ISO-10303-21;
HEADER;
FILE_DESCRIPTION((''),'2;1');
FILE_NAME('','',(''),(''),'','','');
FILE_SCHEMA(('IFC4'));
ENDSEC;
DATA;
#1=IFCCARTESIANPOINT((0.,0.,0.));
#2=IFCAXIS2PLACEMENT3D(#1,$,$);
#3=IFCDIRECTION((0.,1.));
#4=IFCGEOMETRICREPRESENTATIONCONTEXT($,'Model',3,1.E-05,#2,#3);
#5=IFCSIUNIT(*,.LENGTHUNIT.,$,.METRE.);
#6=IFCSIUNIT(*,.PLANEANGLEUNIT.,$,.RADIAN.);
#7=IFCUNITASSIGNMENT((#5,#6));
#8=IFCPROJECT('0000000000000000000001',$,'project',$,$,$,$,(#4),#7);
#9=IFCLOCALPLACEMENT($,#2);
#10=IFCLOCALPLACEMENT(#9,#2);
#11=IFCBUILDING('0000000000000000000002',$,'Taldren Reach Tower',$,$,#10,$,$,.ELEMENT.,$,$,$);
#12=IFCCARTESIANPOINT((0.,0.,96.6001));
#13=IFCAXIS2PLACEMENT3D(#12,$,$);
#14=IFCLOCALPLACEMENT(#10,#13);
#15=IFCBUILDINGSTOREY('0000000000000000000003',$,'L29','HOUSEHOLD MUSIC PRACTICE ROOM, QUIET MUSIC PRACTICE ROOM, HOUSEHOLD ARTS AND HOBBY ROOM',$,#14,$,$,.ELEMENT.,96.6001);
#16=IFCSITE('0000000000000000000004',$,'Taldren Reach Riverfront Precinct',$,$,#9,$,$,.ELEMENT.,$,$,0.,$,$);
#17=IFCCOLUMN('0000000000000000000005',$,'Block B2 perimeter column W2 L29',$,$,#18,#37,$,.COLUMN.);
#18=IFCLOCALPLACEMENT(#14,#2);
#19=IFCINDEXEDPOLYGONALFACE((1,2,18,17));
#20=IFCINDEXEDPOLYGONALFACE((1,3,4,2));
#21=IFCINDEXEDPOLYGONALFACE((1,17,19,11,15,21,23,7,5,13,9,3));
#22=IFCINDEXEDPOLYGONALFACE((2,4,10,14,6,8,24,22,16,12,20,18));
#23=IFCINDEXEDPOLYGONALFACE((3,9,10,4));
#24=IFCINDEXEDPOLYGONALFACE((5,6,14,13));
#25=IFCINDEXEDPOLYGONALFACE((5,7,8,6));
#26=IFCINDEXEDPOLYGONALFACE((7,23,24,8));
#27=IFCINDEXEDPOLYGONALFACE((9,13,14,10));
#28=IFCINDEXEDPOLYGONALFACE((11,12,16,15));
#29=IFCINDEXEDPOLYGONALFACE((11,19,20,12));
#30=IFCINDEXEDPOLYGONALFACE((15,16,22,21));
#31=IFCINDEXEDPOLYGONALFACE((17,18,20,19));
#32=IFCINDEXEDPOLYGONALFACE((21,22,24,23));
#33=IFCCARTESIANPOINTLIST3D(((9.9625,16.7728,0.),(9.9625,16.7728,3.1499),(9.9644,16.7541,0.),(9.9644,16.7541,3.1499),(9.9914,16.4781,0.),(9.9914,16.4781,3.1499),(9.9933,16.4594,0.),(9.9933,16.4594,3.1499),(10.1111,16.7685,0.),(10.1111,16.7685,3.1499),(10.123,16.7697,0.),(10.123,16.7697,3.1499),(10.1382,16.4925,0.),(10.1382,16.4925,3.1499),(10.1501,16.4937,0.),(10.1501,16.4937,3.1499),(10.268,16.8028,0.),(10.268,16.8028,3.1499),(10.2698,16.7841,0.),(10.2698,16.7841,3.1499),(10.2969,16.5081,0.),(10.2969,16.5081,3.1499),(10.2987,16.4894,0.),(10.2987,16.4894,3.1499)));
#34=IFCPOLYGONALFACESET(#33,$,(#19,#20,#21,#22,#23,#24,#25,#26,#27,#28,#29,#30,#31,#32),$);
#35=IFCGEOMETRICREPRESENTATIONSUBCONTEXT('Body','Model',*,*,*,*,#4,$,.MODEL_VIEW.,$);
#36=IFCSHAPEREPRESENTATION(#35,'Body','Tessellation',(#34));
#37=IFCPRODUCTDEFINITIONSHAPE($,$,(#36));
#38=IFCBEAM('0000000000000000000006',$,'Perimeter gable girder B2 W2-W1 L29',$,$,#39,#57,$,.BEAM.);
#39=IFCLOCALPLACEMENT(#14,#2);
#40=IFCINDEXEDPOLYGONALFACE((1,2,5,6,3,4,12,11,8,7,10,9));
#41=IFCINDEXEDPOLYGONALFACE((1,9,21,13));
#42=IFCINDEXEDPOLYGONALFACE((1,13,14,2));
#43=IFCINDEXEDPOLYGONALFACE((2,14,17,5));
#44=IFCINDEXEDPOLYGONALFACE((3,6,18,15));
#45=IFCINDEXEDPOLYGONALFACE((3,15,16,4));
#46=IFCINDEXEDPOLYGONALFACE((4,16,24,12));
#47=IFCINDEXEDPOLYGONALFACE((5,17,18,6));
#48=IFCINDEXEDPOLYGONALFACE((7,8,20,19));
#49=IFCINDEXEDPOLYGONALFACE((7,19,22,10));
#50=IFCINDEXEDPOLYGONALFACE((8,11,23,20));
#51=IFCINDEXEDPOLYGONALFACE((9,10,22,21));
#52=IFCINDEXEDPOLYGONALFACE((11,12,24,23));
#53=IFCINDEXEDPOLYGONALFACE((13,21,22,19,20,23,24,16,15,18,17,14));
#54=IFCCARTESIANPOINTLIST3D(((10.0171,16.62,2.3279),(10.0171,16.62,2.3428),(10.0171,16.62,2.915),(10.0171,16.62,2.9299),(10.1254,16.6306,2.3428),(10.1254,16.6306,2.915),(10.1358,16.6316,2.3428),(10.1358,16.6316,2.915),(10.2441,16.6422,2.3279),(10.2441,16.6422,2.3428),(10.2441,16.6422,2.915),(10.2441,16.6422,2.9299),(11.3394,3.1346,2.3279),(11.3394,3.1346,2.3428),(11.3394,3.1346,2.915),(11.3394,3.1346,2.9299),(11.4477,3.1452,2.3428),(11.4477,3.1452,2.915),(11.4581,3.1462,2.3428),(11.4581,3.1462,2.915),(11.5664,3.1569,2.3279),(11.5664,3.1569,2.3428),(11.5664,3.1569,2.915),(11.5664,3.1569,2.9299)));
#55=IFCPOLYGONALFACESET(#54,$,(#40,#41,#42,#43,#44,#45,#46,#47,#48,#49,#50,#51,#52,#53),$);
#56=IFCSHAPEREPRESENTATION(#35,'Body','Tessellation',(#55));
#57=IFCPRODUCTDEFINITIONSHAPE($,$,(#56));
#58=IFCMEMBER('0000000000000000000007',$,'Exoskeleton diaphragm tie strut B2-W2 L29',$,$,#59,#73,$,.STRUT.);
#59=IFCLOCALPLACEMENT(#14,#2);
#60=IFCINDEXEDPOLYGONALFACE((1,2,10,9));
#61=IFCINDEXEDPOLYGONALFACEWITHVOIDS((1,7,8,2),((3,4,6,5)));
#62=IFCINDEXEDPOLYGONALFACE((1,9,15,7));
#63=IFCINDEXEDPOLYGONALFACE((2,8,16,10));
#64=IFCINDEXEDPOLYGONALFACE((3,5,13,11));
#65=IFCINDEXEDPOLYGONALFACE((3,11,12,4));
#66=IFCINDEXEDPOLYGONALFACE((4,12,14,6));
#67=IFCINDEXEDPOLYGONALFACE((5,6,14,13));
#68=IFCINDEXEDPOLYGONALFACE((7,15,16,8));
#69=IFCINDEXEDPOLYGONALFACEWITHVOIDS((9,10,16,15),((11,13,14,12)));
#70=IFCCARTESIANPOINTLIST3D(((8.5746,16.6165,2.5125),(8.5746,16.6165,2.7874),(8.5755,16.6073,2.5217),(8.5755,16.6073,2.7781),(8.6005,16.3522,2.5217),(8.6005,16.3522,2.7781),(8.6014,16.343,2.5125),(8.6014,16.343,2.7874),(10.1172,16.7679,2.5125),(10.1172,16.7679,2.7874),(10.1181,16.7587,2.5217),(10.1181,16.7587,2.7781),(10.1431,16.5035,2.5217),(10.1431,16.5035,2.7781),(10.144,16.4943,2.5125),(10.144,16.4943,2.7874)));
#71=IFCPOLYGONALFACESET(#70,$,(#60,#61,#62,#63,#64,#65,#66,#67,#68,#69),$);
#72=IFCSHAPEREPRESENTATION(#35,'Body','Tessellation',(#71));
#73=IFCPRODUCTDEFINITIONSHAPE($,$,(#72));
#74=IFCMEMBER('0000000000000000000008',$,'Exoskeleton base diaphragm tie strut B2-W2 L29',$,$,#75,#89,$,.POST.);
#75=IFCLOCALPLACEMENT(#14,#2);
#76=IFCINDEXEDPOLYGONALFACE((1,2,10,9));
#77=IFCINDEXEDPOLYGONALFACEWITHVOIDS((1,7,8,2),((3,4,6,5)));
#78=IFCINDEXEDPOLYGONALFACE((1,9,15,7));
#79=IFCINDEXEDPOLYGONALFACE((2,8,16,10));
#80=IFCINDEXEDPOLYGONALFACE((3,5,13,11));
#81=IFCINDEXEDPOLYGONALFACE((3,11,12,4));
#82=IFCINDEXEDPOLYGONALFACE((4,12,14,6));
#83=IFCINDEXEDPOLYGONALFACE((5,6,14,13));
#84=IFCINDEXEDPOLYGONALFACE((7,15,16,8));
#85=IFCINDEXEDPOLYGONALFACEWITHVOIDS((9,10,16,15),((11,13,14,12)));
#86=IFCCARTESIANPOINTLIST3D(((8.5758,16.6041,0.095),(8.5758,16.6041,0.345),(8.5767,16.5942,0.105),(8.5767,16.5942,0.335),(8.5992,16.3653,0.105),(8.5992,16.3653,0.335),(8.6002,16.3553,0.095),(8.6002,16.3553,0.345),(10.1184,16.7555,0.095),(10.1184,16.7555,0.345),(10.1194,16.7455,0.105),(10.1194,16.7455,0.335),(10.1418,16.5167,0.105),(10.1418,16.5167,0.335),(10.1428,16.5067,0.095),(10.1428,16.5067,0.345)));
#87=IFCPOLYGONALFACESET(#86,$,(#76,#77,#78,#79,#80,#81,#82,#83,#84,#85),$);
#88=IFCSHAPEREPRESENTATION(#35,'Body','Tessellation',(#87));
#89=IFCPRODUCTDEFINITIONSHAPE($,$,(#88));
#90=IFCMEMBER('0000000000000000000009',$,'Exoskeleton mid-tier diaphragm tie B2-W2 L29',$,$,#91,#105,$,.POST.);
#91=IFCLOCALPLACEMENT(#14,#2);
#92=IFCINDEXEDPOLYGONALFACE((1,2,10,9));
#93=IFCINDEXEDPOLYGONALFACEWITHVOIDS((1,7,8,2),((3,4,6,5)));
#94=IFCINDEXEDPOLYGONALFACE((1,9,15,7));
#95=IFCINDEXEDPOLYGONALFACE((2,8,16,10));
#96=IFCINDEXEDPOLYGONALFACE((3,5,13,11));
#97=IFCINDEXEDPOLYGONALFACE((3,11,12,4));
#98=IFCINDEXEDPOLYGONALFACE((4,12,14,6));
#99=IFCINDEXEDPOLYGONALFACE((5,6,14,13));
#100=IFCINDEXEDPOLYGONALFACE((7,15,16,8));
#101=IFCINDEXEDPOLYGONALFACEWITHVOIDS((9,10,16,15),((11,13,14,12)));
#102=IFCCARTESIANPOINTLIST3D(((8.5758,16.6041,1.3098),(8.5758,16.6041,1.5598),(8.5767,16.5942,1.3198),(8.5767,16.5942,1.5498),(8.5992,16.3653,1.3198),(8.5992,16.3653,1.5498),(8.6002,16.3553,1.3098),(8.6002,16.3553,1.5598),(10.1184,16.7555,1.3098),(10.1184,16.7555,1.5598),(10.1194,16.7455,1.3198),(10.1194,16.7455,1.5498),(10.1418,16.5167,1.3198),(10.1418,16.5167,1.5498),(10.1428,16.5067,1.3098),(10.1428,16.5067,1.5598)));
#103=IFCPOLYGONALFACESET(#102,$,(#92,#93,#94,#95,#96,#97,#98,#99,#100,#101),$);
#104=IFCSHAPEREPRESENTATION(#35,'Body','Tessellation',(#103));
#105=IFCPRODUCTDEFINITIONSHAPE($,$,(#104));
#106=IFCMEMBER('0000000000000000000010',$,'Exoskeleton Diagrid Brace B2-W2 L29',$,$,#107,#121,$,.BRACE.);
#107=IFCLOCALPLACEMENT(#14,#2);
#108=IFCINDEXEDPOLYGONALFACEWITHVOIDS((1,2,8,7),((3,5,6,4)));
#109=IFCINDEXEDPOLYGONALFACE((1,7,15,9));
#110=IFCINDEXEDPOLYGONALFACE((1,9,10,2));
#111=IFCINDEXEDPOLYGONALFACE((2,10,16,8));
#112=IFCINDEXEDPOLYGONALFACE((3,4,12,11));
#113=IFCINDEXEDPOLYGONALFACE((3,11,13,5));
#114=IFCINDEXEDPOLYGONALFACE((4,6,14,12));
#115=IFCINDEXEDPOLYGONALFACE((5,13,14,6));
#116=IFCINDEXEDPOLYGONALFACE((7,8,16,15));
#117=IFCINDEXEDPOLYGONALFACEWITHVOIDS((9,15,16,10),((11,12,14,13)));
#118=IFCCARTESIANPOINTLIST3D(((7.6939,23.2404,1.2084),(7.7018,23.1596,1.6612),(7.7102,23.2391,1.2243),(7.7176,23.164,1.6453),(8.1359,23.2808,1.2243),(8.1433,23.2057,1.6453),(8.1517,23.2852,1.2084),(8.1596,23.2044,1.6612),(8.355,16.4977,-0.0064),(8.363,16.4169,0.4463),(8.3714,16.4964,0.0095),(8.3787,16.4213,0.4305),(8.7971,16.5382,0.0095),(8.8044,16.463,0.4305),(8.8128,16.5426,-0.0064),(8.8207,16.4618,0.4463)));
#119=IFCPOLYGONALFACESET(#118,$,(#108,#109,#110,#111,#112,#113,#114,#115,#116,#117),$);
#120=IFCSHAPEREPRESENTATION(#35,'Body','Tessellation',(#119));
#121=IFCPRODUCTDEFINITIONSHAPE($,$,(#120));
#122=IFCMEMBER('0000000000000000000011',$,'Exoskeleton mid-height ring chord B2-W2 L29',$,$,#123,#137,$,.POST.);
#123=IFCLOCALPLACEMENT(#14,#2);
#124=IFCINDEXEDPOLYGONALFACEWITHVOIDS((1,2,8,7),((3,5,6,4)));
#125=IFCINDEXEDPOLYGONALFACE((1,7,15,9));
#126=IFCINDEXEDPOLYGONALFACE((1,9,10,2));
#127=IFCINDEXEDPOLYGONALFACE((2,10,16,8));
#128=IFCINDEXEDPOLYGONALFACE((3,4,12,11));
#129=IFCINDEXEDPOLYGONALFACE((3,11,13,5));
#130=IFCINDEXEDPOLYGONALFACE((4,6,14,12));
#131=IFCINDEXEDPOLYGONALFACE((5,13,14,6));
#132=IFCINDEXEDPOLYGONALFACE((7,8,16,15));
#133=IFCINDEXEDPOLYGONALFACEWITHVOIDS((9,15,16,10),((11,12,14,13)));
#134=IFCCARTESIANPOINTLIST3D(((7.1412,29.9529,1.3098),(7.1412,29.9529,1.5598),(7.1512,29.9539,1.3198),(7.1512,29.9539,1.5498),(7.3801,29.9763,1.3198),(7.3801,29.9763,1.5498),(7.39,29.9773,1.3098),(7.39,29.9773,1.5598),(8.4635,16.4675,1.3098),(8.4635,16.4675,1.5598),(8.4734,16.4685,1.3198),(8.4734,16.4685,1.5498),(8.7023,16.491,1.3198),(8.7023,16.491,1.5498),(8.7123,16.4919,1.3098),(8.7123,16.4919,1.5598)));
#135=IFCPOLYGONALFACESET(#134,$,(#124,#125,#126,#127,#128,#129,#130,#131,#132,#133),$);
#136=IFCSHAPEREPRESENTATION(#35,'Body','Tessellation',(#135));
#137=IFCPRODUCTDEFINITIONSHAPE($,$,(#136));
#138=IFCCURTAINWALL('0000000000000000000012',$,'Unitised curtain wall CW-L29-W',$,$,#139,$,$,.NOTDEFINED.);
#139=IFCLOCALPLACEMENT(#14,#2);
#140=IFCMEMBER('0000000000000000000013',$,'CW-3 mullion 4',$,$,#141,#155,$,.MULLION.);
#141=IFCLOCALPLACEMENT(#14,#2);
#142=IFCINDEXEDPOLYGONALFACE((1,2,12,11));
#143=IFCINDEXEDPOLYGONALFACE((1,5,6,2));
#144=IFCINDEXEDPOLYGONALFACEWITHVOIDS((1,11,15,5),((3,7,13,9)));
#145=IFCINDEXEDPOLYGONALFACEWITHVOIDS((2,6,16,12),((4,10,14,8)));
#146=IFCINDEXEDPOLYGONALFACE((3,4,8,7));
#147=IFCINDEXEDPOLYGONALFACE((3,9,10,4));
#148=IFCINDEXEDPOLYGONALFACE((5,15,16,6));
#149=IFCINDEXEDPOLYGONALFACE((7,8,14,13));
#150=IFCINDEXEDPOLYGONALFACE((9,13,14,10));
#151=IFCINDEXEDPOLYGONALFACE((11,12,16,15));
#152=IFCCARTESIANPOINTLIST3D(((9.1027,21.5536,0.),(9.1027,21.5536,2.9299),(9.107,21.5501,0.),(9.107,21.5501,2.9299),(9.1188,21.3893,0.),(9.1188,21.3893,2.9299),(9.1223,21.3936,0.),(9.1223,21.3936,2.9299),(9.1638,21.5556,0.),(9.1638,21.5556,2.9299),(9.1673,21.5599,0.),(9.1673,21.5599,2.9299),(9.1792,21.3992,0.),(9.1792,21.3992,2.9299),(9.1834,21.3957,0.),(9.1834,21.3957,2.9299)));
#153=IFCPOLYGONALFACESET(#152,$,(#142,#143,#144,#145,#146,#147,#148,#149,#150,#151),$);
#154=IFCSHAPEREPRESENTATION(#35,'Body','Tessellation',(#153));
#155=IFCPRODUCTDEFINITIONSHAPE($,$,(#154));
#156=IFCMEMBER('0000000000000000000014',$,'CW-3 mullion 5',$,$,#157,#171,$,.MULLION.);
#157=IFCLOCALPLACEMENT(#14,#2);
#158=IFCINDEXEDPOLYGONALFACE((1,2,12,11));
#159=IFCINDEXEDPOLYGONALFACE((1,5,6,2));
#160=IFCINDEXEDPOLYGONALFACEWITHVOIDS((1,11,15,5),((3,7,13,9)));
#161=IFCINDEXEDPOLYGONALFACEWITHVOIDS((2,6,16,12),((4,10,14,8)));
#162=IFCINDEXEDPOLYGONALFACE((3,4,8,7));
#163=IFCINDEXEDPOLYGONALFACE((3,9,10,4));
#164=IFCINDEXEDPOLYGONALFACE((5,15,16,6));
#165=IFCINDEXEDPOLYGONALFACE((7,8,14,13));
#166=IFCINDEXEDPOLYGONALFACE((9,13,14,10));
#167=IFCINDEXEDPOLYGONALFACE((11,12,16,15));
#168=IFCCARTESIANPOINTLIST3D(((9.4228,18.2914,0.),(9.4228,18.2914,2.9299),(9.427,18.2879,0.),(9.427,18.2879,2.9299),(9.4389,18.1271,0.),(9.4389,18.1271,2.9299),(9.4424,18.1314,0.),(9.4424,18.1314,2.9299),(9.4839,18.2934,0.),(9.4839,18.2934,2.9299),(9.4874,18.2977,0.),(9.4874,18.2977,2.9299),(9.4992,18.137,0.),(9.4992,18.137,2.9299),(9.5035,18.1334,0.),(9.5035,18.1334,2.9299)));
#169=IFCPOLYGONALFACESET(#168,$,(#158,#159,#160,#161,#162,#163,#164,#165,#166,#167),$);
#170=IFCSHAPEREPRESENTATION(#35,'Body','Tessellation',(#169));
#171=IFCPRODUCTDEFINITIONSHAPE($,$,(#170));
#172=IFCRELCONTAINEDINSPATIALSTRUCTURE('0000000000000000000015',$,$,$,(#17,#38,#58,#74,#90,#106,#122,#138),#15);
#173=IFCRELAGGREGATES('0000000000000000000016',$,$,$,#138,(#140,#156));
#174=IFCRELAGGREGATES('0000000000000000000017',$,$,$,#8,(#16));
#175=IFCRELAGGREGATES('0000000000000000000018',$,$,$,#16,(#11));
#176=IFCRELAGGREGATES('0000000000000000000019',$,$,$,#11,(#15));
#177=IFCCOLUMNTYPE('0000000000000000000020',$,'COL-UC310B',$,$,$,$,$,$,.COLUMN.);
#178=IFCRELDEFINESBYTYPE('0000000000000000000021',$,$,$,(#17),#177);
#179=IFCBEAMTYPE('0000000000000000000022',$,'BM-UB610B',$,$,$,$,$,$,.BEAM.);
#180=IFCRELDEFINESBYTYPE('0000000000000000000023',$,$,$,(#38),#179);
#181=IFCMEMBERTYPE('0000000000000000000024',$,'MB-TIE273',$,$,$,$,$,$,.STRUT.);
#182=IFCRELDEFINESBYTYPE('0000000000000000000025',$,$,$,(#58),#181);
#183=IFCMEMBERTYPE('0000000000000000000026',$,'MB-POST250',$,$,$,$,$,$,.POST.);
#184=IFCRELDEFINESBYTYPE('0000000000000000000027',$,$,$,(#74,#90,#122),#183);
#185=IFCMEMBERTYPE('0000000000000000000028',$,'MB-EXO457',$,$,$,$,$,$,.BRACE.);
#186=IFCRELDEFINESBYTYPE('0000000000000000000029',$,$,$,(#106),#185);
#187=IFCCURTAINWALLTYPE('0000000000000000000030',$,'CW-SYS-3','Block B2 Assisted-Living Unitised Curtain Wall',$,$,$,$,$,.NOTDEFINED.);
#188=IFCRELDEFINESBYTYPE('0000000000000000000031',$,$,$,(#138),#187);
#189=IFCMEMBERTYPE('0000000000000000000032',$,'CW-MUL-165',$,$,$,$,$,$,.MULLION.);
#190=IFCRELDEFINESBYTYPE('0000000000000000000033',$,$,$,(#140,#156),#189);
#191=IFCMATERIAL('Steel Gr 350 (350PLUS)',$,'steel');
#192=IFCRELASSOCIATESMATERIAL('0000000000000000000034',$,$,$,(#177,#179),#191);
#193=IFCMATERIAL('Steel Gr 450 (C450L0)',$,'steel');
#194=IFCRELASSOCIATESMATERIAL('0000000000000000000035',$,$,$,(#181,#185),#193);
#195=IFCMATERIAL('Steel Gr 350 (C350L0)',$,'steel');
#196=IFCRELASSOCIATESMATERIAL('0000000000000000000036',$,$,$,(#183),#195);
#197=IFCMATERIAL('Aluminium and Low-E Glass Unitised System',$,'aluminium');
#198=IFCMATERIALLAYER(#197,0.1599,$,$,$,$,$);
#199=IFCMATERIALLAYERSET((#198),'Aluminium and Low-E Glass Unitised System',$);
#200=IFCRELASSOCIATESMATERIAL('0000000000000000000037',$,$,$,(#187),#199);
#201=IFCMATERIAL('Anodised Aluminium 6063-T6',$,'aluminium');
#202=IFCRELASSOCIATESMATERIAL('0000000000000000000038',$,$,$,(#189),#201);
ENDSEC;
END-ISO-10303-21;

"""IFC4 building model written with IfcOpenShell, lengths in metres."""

from ifc_helpers import new_model, si_unit, direction, frame, origin, origin_2d, place, context, subcontext, project, spatial, hollow_rectangle, i_section, extrude, source, transform, mapped, material, layer, layer_set, material_profile, profile_set, type_object, element, aggregate, save


model = new_model("IFC4")

# Units and contexts
model_context = context("Model", 3, precision=1e-05, world=origin(), true_north=direction((0.0, 1.0)))
body_context = subcontext(model_context, "Body", "Model", "MODEL_VIEW")
ifc_project = project(units=[si_unit("LENGTHUNIT", "METRE"), si_unit("PLANEANGLEUNIT", "RADIAN")], contexts=[model_context])

# Site, building, storey
site_placement = place(None, origin())
site = spatial("IfcSite", under=ifc_project, at=site_placement, Name="Taldren Reach Riverfront Precinct", CompositionType="ELEMENT", RefElevation=0.0)
building_placement = place(site_placement, origin())
building = spatial("IfcBuilding", under=site, at=building_placement, Name="Taldren Reach Tower", CompositionType="ELEMENT")
storey_placement = place(building_placement, frame((0.0, 0.0, 96.6001)))
storey = spatial("IfcBuildingStorey", under=building, at=storey_placement, Name="L29", Description="HOUSEHOLD MUSIC PRACTICE ROOM, QUIET MUSIC PRACTICE ROOM, HOUSEHOLD ARTS AND HOBBY ROOM", CompositionType="ELEMENT", Elevation=96.6001)

# Column
ifc_material_1 = material(Name="Steel Gr 350 (350PLUS)", Category="steel")
ifc_material_profile_1 = material_profile(ifc_material_1, i_section(OverallWidth=0.3069, OverallDepth=0.3149, WebThickness=0.012, FlangeThickness=0.0188, at=origin_2d()), Name="310UC118")
ifc_profile_set_1 = profile_set([ifc_material_profile_1], Name="Steel Gr 350 (350PLUS)")
column_type = type_object("IfcColumnType", Name="COL-UC310B", PredefinedType="COLUMN", material=ifc_profile_set_1)
shared_shape_1 = source(origin(), body_context, "Body", "SweptSolid", [
    extrude(i_section(OverallWidth=0.3069, OverallDepth=0.3149, WebThickness=0.012, FlangeThickness=0.0188, at=origin_2d()), origin(), (0.0, 0.0, 1.0), 3.1499),
])
column_placement = place(storey_placement, frame((10.1306, 16.6311, 0.0), z_axis=(0.0, 0.0, 1.0), x_axis=(0.995227, 0.097583, 0.0)))
element("IfcColumn", 1, at=column_placement, inside=storey, type_object=column_type, Name="Block B2 perimeter column W2 L29", PredefinedType="COLUMN", context=body_context, shape_type="MappedRepresentation", body=[
    mapped(shared_shape_1, transform((0.0, 0.0, 0.0), scale=1.0)),
])

# Beam
ifc_material_profile_2 = material_profile(ifc_material_1, i_section(OverallWidth=0.228, OverallDepth=0.6021, WebThickness=0.0105, FlangeThickness=0.0149, at=origin_2d()), Name="610UB101")
ifc_profile_set_2 = profile_set([ifc_material_profile_2], Name="Steel Gr 350 (350PLUS)")
beam_type = type_object("IfcBeamType", Name="BM-UB610B", PredefinedType="BEAM", material=ifc_profile_set_2)
shared_shape_2 = source(origin(), body_context, "Body", "SweptSolid", [
    extrude(i_section(OverallWidth=0.228, OverallDepth=0.6021, WebThickness=0.0105, FlangeThickness=0.0149, at=origin_2d()), origin(), (0.0, 0.0, 1.0), 13.55),
])
beam_placement = place(storey_placement, frame((10.1306, 16.6311, 2.6289), z_axis=(0.097584, -0.995227, 0.0), x_axis=(0.995227, 0.097584, 0.0)))
element("IfcBeam", 2, at=beam_placement, inside=storey, type_object=beam_type, Name="Perimeter gable girder B2 W2-W1 L29", PredefinedType="BEAM", context=body_context, shape_type="MappedRepresentation", body=[
    mapped(shared_shape_2, transform((0.0, 0.0, 0.0), scale=1.0)),
])

# Members
ifc_material_2 = material(Name="Steel Gr 450 (C450L0)", Category="steel")
ifc_material_profile_3 = material_profile(ifc_material_2, hollow_rectangle(XDim=0.2749, YDim=0.2749, WallThickness=0.0093, at=origin_2d()), Name="275x275x9.3SHS")
ifc_profile_set_3 = profile_set([ifc_material_profile_3], Name="Steel Gr 450 (C450L0)")
member_type_1 = type_object("IfcMemberType", Name="MB-TIE273", PredefinedType="STRUT", material=ifc_profile_set_3)
shared_shape_3 = source(origin(), body_context, "Body", "SweptSolid", [
    extrude(hollow_rectangle(XDim=0.2749, YDim=0.2749, WallThickness=0.0093, at=origin_2d()), origin(), (0.0, 0.0, 1.0), 1.55),
])
member_1_placement = place(storey_placement, frame((10.1306, 16.6311, 2.6499), z_axis=(-0.995221, -0.097648, 0.0), x_axis=(0.097648, -0.995221, 0.0)))
element("IfcMember", 3, at=member_1_placement, inside=storey, type_object=member_type_1, Name="Exoskeleton diaphragm tie strut B2-W2 L29", PredefinedType="STRUT", context=body_context, shape_type="MappedRepresentation", body=[
    mapped(shared_shape_3, transform((0.0, 0.0, 0.0), scale=1.0)),
])
ifc_material_3 = material(Name="Steel Gr 350 (C350L0)", Category="steel")
ifc_material_profile_4 = material_profile(ifc_material_3, hollow_rectangle(XDim=0.25, YDim=0.25, WallThickness=0.01, at=origin_2d()), Name="250x250x10.0SHS")
ifc_profile_set_4 = profile_set([ifc_material_profile_4], Name="Steel Gr 350 (C350L0)")
member_type_2 = type_object("IfcMemberType", Name="MB-POST250", PredefinedType="POST", material=ifc_profile_set_4)
shared_shape_4 = source(origin(), body_context, "Body", "SweptSolid", [
    extrude(hollow_rectangle(XDim=0.25, YDim=0.25, WallThickness=0.01, at=origin_2d()), origin(), (0.0, 0.0, 1.0), 1.55),
])
for number, where, z_axis, x_axis, name in (
    (4, (10.1306, 16.6311, 0.22), (-0.995221, -0.097648, 0.0), (0.097648, -0.995221, 0.0), "Exoskeleton base diaphragm tie strut B2-W2 L29"),
    (5, (10.1306, 16.6311, 1.4348), (-0.995221, -0.097648, 0.0), (0.097648, -0.995221, 0.0), "Exoskeleton mid-tier diaphragm tie B2-W2 L29"),
):
    element("IfcMember", number, at=place(storey_placement, frame(where, z_axis=z_axis, x_axis=x_axis)), inside=storey, type_object=member_type_2, Name=name, PredefinedType="POST", context=body_context, shape_type="MappedRepresentation", body=[
        mapped(shared_shape_4, transform((0.0, 0.0, 0.0), scale=1.0)),
    ])
ifc_material_profile_5 = material_profile(ifc_material_2, hollow_rectangle(XDim=0.46, YDim=0.46, WallThickness=0.0161, at=origin_2d()), Name="460x460x16.0SHS")
ifc_profile_set_5 = profile_set([ifc_material_profile_5], Name="Steel Gr 450 (C450L0)")
member_type_3 = type_object("IfcMemberType", Name="MB-EXO457", PredefinedType="BRACE", material=ifc_profile_set_5)
shared_shape_5 = source(origin(), body_context, "Body", "SweptSolid", [
    extrude(hollow_rectangle(XDim=0.46, YDim=0.46, WallThickness=0.0161, at=origin_2d()), origin(), (0.0, 0.0, 1.0), 6.8831),
])
member_2_placement = place(storey_placement, frame((8.5879, 16.4797, 0.22), z_axis=(-0.096052, 0.979603, 0.176497), x_axis=(-0.995227, -0.097584, 0.0)))
element("IfcMember", 6, at=member_2_placement, inside=storey, type_object=member_type_3, Name="Exoskeleton Diagrid Brace B2-W2 L29", PredefinedType="BRACE", context=body_context, shape_type="MappedRepresentation", body=[
    mapped(shared_shape_5, transform((0.0, 0.0, 0.0), scale=1.0)),
])
shared_shape_6 = source(origin(), body_context, "Body", "SweptSolid", [
    extrude(hollow_rectangle(XDim=0.25, YDim=0.25, WallThickness=0.01, at=origin_2d()), origin(), (0.0, 0.0, 1.0), 13.55),
])
member_3_placement = place(storey_placement, frame((8.5879, 16.4797, 1.4348), z_axis=(-0.097584, 0.995227, 0.0), x_axis=(-0.995227, -0.097584, 0.0)))
element("IfcMember", 7, at=member_3_placement, inside=storey, type_object=member_type_2, Name="Exoskeleton mid-height ring chord B2-W2 L29", PredefinedType="POST", context=body_context, shape_type="MappedRepresentation", body=[
    mapped(shared_shape_6, transform((0.0, 0.0, 0.0), scale=1.0)),
])

# Curtain wall, members
ifc_material_4 = material(Name="Aluminium and Low-E Glass Unitised System", Category="aluminium")
ifc_layer_1 = layer(ifc_material_4, 0.1599)
ifc_layer_set_1 = layer_set([ifc_layer_1], Name="Aluminium and Low-E Glass Unitised System")
curtain_wall_type = type_object("IfcCurtainWallType", Name="CW-SYS-3", Description="Block B2 Assisted-Living Unitised Curtain Wall", PredefinedType="NOTDEFINED", material=ifc_layer_set_1)
curtain_wall_placement = place(storey_placement, origin())
curtain_wall = element("IfcCurtainWall", 8, at=curtain_wall_placement, inside=storey, type_object=curtain_wall_type, Name="Unitised curtain wall CW-L29-W", PredefinedType="NOTDEFINED")
ifc_material_5 = material(Name="Anodised Aluminium 6063-T6", Category="aluminium")
ifc_material_profile_6 = material_profile(ifc_material_5, hollow_rectangle(XDim=0.0649, YDim=0.165, WallThickness=0.0039, at=origin_2d()), Name="ALU-165x65x4RHS")
ifc_profile_set_6 = profile_set([ifc_material_profile_6], Name="Anodised Aluminium 6063-T6")
member_type_4 = type_object("IfcMemberType", Name="CW-MUL-165", PredefinedType="MULLION", material=ifc_profile_set_6)
shared_shape_7 = source(origin(), body_context, "Body", "SweptSolid", [
    extrude(hollow_rectangle(XDim=0.0649, YDim=0.165, WallThickness=0.0039, at=origin_2d()), origin(), (0.0, 0.0, 1.0), 2.9299),
])
member_4_placement = place(storey_placement, frame((9.1431, 21.4746, 0.0), z_axis=(0.0, 0.0, 1.0), x_axis=(0.995227, 0.097583, 0.0)))
member_4 = element("IfcMember", 9, at=member_4_placement, type_object=member_type_4, Name="CW-3 mullion 4", PredefinedType="MULLION", context=body_context, shape_type="MappedRepresentation", body=[
    mapped(shared_shape_7, transform((0.0, 0.0, 0.0), scale=1.0)),
])
member_5_placement = place(storey_placement, frame((9.4631, 18.2124, 0.0), z_axis=(0.0, 0.0, 1.0), x_axis=(0.995227, 0.097583, 0.0)))
member_5 = element("IfcMember", 10, at=member_5_placement, type_object=member_type_4, Name="CW-3 mullion 5", PredefinedType="MULLION", context=body_context, shape_type="MappedRepresentation", body=[
    mapped(shared_shape_7, transform((0.0, 0.0, 0.0), scale=1.0)),
])
aggregate(curtain_wall, [member_4, member_5])

save(model, "model.ifc")
